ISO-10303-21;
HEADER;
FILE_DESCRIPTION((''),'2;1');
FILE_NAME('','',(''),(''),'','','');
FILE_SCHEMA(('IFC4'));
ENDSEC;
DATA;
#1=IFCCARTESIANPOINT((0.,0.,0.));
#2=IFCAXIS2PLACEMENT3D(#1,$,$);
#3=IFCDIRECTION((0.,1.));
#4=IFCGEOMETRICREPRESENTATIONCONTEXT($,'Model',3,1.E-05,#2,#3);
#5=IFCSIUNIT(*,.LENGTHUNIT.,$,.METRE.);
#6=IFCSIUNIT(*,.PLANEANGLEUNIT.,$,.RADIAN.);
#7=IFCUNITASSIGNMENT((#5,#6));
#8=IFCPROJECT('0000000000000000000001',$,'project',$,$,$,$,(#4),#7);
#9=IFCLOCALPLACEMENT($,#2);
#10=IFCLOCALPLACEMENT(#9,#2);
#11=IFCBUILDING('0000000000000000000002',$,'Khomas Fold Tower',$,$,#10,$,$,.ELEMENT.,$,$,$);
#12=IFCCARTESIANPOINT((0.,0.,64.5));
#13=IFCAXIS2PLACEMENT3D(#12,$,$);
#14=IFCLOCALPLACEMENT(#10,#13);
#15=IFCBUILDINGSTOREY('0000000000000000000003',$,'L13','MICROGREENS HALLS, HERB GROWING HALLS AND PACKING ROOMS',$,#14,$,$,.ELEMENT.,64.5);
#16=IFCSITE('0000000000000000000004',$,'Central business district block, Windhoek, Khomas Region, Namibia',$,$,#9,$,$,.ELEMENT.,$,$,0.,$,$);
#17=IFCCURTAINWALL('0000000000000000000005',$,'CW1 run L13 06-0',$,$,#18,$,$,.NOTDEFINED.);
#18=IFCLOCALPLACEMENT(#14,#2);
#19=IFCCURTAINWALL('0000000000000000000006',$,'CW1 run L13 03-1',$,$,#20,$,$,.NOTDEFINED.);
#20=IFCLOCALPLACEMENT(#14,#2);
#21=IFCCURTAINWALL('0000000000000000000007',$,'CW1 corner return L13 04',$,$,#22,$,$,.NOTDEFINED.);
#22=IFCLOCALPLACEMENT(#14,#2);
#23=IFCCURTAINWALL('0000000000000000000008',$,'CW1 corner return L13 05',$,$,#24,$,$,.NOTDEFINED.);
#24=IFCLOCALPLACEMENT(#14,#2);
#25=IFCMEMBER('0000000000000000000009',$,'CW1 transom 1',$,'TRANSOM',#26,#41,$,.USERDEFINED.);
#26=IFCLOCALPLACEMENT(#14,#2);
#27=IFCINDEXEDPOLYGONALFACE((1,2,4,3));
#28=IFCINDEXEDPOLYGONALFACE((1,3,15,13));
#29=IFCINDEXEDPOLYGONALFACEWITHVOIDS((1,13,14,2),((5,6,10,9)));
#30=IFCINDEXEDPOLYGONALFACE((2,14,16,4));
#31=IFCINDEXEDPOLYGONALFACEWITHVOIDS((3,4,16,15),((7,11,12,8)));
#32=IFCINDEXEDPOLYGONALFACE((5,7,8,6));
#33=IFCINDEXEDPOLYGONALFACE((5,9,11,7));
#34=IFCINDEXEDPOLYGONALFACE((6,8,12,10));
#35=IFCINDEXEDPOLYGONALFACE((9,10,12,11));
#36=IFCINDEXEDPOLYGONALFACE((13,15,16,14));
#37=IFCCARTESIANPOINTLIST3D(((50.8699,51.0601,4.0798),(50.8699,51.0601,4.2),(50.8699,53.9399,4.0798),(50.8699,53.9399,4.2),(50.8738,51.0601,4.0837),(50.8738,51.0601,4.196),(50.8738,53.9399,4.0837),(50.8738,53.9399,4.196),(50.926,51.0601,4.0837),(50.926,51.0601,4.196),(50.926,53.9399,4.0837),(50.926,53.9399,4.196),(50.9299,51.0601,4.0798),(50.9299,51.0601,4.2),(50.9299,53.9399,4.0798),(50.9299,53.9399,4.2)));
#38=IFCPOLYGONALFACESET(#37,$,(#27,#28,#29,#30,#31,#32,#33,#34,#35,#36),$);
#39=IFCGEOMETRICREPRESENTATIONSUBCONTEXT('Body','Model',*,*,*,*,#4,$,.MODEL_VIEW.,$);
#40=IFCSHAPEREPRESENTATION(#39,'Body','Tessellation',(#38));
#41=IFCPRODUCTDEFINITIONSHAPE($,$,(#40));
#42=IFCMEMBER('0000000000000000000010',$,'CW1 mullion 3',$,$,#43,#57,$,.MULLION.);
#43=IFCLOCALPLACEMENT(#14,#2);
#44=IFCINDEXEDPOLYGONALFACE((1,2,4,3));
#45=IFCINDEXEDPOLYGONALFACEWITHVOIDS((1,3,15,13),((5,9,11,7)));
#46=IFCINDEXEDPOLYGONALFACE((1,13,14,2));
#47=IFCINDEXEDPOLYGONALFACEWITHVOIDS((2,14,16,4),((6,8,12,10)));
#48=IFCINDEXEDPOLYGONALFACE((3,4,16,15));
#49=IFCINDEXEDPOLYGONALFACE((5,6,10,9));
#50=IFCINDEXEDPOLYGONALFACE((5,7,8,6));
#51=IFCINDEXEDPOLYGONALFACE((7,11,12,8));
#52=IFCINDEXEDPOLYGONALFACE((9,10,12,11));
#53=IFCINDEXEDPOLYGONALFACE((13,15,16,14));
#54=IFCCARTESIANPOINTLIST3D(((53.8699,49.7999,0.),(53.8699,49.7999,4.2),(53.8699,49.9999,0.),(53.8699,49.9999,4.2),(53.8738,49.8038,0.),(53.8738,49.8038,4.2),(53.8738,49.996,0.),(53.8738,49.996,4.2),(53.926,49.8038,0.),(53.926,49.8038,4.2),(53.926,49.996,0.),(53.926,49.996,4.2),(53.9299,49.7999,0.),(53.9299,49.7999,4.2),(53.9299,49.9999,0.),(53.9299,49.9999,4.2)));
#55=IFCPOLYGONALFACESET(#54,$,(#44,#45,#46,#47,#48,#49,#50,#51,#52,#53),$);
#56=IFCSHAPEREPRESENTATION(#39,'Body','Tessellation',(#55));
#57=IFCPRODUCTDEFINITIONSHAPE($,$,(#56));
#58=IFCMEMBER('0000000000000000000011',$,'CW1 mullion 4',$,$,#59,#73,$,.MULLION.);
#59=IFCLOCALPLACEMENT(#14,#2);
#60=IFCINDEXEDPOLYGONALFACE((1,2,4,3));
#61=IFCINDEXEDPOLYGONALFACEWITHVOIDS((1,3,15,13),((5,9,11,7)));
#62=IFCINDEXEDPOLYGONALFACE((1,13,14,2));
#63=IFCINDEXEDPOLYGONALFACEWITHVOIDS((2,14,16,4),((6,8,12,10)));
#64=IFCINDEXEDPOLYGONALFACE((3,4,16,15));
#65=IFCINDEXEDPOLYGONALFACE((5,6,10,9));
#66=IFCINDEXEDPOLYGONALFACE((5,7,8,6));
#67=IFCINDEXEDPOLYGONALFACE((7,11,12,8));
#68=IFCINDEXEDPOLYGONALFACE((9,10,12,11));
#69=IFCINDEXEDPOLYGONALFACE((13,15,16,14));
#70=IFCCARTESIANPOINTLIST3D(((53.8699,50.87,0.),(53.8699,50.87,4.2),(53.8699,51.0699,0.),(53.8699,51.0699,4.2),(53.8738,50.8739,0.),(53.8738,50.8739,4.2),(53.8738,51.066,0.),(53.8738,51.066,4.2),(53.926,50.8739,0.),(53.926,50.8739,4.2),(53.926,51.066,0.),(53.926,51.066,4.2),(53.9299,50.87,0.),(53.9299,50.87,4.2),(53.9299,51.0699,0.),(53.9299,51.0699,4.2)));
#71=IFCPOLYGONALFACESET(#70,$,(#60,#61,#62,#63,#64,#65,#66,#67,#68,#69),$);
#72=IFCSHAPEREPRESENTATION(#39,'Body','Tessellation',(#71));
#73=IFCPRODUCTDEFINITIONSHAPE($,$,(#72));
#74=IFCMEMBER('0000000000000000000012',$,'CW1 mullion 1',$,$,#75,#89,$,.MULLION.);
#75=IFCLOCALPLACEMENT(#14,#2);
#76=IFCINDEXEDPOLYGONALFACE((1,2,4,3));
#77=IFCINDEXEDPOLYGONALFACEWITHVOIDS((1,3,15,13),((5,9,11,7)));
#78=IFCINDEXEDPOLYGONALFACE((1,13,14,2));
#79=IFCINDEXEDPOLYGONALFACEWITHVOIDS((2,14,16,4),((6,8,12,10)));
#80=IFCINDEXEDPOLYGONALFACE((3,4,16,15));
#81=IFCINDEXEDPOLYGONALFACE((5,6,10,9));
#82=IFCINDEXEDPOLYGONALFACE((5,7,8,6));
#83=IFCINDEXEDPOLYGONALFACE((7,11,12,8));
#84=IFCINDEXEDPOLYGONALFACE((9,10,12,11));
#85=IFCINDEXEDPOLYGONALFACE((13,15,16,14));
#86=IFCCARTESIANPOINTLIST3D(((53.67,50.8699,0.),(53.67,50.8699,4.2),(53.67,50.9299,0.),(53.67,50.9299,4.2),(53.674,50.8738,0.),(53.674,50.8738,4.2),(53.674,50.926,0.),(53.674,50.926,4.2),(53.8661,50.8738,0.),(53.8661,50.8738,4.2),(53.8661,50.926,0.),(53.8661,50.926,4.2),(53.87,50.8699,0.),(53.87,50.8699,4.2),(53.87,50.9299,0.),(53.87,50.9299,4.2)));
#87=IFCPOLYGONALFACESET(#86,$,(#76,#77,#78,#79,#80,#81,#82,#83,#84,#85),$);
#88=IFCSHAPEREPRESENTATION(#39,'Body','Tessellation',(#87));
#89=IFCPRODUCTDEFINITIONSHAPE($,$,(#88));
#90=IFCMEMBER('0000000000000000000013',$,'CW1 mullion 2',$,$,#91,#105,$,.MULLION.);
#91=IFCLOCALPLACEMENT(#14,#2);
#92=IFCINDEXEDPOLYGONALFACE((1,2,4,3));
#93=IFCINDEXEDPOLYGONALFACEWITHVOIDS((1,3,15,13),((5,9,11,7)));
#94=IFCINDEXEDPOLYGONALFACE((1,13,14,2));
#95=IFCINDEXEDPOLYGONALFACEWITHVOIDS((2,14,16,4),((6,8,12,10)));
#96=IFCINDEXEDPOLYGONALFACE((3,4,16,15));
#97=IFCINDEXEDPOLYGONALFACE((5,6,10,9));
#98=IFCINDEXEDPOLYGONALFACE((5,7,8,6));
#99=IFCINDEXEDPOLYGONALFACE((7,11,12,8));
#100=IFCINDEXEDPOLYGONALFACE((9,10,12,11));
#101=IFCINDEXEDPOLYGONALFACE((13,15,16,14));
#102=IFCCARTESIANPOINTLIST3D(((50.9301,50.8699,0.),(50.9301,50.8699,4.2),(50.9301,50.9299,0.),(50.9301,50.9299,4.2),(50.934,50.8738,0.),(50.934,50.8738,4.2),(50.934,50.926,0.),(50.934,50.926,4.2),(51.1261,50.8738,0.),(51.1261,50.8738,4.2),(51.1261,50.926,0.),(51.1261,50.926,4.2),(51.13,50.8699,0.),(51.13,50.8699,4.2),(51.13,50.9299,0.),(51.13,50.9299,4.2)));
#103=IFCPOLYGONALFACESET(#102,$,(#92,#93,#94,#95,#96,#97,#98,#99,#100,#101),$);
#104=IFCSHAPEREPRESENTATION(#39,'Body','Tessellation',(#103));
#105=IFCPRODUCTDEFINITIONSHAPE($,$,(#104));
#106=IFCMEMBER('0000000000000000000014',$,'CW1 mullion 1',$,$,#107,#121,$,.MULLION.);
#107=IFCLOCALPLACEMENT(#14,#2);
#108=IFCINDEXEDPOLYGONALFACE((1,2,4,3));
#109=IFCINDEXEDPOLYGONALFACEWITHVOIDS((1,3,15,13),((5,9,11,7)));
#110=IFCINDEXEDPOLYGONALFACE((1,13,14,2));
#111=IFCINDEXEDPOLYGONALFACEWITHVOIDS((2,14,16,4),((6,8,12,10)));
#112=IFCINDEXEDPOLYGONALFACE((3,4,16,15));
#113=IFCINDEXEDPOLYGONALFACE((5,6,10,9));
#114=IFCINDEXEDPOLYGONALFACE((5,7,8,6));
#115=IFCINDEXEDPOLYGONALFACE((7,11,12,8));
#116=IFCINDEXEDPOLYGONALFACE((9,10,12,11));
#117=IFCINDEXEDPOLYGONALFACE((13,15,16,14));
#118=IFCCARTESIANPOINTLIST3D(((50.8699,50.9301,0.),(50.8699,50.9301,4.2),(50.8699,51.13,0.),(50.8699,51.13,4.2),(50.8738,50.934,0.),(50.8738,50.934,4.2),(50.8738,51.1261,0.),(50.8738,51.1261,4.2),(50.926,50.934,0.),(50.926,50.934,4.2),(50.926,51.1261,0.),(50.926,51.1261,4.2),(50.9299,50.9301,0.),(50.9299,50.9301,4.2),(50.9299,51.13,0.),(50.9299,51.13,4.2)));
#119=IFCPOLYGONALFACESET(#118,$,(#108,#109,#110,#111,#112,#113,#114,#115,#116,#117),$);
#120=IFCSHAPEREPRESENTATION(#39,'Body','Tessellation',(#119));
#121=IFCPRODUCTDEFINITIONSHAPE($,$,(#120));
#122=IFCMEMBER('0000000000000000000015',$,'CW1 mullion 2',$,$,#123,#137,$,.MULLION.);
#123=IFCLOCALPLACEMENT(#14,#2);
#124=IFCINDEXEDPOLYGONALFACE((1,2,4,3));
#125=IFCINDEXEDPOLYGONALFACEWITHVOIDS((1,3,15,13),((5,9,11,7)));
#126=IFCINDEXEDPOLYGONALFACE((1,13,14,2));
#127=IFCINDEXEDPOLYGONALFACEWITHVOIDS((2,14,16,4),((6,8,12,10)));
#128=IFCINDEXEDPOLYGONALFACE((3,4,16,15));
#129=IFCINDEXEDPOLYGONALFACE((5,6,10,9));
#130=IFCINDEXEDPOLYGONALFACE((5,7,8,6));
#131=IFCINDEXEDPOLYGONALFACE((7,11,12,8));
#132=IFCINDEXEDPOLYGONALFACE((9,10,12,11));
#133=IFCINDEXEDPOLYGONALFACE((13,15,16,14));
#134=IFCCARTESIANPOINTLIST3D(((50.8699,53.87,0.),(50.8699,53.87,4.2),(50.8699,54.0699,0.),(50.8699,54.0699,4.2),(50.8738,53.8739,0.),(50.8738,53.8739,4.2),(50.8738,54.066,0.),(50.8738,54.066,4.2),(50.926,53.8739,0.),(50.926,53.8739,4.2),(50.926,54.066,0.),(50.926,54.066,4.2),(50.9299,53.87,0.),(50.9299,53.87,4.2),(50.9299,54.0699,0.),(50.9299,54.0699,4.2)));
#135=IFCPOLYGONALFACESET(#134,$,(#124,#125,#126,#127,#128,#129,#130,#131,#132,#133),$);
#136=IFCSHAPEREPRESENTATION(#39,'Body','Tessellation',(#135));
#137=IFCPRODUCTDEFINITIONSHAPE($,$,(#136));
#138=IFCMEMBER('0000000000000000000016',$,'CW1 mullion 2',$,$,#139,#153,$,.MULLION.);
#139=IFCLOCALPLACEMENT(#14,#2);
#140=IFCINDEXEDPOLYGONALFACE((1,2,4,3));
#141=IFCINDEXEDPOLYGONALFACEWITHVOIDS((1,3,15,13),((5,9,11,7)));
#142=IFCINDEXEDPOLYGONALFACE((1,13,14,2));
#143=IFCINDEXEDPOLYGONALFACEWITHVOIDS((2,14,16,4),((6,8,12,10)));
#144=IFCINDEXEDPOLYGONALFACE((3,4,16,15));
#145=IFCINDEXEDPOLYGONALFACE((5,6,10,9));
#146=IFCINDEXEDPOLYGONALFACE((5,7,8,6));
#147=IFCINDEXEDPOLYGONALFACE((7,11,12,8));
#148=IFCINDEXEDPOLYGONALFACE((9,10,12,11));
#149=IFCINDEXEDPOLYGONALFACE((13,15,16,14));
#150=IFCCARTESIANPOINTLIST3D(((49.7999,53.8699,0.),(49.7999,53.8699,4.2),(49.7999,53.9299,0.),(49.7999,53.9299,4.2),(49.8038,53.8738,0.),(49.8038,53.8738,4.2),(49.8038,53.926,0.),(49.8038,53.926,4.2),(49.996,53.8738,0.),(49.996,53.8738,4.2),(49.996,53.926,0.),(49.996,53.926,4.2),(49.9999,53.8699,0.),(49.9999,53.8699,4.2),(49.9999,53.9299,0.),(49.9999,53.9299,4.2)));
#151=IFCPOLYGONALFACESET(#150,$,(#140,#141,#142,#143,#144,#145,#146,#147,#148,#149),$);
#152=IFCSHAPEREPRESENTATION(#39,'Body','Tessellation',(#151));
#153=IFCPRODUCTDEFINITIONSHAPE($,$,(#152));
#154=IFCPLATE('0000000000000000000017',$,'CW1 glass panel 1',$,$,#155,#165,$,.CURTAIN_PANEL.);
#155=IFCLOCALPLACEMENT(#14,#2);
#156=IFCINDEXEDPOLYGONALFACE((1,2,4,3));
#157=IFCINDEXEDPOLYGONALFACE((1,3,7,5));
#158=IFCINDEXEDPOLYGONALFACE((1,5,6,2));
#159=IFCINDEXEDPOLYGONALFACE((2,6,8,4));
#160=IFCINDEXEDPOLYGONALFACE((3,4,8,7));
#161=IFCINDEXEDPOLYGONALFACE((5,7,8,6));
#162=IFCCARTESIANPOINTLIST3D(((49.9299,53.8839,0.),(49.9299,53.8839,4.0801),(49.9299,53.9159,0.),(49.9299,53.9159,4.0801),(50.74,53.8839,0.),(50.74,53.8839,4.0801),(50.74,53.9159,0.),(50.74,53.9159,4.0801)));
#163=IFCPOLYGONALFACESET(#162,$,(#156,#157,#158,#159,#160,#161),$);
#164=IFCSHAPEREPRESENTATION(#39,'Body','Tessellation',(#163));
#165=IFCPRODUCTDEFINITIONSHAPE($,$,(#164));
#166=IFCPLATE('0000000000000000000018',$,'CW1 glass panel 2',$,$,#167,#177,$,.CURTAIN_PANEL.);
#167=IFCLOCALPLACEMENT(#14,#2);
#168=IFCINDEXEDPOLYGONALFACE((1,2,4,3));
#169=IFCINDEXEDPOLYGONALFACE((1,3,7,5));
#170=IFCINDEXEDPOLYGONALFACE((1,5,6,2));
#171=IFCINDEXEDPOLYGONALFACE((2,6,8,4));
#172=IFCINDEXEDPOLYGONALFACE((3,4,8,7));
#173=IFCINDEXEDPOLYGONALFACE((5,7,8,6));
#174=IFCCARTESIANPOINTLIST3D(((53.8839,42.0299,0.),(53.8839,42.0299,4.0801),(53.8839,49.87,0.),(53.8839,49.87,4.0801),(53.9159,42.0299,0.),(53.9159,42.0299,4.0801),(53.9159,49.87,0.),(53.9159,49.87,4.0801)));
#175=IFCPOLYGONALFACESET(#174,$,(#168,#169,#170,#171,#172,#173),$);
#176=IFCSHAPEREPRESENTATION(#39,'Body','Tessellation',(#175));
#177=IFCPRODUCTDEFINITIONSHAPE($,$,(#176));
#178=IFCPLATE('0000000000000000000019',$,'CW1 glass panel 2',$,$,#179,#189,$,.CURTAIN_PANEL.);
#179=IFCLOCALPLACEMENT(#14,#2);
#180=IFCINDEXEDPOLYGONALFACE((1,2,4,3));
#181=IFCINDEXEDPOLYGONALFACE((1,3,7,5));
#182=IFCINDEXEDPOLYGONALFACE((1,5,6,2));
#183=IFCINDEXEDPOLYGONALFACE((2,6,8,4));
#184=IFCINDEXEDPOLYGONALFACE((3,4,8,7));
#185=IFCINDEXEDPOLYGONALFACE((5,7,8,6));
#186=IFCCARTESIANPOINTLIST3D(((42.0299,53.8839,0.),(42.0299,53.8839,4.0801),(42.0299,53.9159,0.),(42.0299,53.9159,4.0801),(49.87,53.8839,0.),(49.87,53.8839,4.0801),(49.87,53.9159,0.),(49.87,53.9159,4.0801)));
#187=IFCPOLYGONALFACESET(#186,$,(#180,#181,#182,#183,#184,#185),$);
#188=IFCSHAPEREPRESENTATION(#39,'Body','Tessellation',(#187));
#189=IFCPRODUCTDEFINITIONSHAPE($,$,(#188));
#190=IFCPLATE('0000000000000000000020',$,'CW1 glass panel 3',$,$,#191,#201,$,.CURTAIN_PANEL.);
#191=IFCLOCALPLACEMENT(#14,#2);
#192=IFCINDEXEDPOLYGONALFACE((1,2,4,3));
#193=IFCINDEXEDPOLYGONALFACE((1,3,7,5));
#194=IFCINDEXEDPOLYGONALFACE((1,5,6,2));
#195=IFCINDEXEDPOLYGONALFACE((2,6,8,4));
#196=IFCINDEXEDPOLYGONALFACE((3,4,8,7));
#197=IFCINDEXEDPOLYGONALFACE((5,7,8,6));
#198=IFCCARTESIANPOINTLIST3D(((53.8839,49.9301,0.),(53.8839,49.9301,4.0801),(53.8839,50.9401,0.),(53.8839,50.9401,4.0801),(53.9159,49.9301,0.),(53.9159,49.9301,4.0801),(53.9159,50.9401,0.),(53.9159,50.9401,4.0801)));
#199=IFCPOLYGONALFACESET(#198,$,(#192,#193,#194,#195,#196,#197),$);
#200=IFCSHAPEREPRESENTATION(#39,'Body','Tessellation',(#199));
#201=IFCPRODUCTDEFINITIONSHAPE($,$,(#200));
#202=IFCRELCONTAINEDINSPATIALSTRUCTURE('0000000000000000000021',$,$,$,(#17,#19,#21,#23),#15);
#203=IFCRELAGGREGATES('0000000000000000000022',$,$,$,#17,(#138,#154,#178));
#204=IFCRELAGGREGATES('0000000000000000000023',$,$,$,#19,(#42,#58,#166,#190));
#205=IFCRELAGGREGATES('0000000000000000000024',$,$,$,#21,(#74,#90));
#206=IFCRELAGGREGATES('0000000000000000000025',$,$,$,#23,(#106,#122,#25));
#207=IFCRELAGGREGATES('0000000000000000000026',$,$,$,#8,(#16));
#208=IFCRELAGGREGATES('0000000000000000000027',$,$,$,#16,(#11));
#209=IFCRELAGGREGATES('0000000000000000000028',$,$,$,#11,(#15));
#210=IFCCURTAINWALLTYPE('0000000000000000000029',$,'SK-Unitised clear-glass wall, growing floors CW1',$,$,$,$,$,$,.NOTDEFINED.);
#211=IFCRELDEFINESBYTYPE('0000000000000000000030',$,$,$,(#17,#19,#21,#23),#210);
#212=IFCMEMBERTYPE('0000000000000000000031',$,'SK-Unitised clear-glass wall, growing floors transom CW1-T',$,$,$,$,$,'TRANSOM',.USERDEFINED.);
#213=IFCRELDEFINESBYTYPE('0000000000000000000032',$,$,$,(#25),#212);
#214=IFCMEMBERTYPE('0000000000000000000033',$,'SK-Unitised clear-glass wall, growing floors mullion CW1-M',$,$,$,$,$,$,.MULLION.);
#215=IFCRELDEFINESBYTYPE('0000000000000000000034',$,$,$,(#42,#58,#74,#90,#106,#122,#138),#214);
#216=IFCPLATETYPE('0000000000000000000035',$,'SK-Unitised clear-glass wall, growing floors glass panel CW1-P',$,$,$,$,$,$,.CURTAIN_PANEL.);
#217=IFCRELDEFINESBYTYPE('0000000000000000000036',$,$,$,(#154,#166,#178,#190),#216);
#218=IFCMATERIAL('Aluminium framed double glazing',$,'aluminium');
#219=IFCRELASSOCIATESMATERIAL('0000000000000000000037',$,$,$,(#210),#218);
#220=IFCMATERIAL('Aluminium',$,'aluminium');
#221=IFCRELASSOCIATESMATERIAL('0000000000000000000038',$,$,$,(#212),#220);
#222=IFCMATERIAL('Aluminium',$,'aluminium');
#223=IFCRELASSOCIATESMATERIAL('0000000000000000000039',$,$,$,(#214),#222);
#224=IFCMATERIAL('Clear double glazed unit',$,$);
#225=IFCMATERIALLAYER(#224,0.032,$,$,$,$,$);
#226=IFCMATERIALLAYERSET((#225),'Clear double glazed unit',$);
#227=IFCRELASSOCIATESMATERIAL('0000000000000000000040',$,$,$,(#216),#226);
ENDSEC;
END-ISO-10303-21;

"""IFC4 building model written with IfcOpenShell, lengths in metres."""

from ifc_helpers import new_model, si_unit, direction, frame, origin, origin_2d, place, context, subcontext, project, spatial, rectangle, hollow_rectangle, extrude, source, transform, mapped, material, layer, layer_set, material_profile, profile_set, type_object, element, aggregate, save


model = new_model("IFC4")

# Units and contexts
model_context = context("Model", 3, precision=1e-05, world=origin(), true_north=direction((0.0, 1.0)))
body_context = subcontext(model_context, "Body", "Model", "MODEL_VIEW")
ifc_project = project(units=[si_unit("LENGTHUNIT", "METRE"), si_unit("PLANEANGLEUNIT", "RADIAN")], contexts=[model_context])

# Site, building, storey
site_placement = place(None, origin())
site = spatial("IfcSite", under=ifc_project, at=site_placement, Name="Central business district block, Windhoek, Khomas Region, Namibia", CompositionType="ELEMENT", RefElevation=0.0)
building_placement = place(site_placement, origin())
building = spatial("IfcBuilding", under=site, at=building_placement, Name="Khomas Fold Tower", CompositionType="ELEMENT")
storey_placement = place(building_placement, frame((0.0, 0.0, 64.5)))
storey = spatial("IfcBuildingStorey", under=building, at=storey_placement, Name="L13", Description="MICROGREENS HALLS, HERB GROWING HALLS AND PACKING ROOMS", CompositionType="ELEMENT", Elevation=64.5)

# Curtain wall
ifc_material_1 = material(Name="Aluminium framed double glazing", Category="aluminium")
curtain_wall_type = type_object("IfcCurtainWallType", Name="SK-Unitised clear-glass wall, growing floors CW1", PredefinedType="NOTDEFINED", material=ifc_material_1)
curtain_wall_1_placement = place(storey_placement, origin())
curtain_wall_1 = element("IfcCurtainWall", 1, at=curtain_wall_1_placement, inside=storey, type_object=curtain_wall_type, Name="CW1 run L13 06-0", PredefinedType="NOTDEFINED")
ifc_material_2 = material(Name="Aluminium", Category="aluminium")
ifc_material_profile_1 = material_profile(ifc_material_2, hollow_rectangle(XDim=0.0601, YDim=0.1201, WallThickness=0.0039, at=origin_2d()), Name="SK-Unitised clear-glass wall, growing floors transom CW1-T")
ifc_profile_set_1 = profile_set([ifc_material_profile_1], Name="Aluminium")
member_type_1 = type_object("IfcMemberType", Name="SK-Unitised clear-glass wall, growing floors transom CW1-T", ElementType="TRANSOM", PredefinedType="USERDEFINED", material=ifc_profile_set_1)

# Curtain walls, member
curtain_wall_2_placement = place(storey_placement, origin())
curtain_wall_2 = element("IfcCurtainWall", 2, at=curtain_wall_2_placement, inside=storey, type_object=curtain_wall_type, Name="CW1 run L13 03-1", PredefinedType="NOTDEFINED")
curtain_wall_3_placement = place(storey_placement, origin())
curtain_wall_3 = element("IfcCurtainWall", 3, at=curtain_wall_3_placement, inside=storey, type_object=curtain_wall_type, Name="CW1 corner return L13 04", PredefinedType="NOTDEFINED")
curtain_wall_4_placement = place(storey_placement, origin())
curtain_wall_4 = element("IfcCurtainWall", 4, at=curtain_wall_4_placement, inside=storey, type_object=curtain_wall_type, Name="CW1 corner return L13 05", PredefinedType="NOTDEFINED")
shared_shape_1 = source(origin(), body_context, "Body", "SweptSolid", [
    extrude(hollow_rectangle(XDim=0.0601, YDim=0.1201, WallThickness=0.0039, at=origin_2d()), origin(), (0.0, 0.0, 1.0), 2.8799),
])
member_1_placement = place(storey_placement, frame((50.8999, 51.0601, 4.1399), z_axis=(0.0, 1.0, 0.0), x_axis=(-1.0, 0.0, 0.0)))
member_1 = element("IfcMember", 5, at=member_1_placement, type_object=member_type_1, Name="CW1 transom 1", ObjectType="TRANSOM", PredefinedType="USERDEFINED", context=body_context, shape_type="MappedRepresentation", body=[
    mapped(shared_shape_1, transform((0.0, 0.0, 0.0))),
])

# Members
ifc_material_3 = material(Name="Aluminium", Category="aluminium")
ifc_material_profile_2 = material_profile(ifc_material_3, hollow_rectangle(XDim=0.0601, YDim=0.2, WallThickness=0.0039, at=origin_2d()), Name="SK-Unitised clear-glass wall, growing floors mullion CW1-M")
ifc_profile_set_2 = profile_set([ifc_material_profile_2], Name="Aluminium")
member_type_2 = type_object("IfcMemberType", Name="SK-Unitised clear-glass wall, growing floors mullion CW1-M", PredefinedType="MULLION", material=ifc_profile_set_2)
shared_shape_2 = source(origin(), body_context, "Body", "SweptSolid", [
    extrude(hollow_rectangle(XDim=0.0601, YDim=0.2, WallThickness=0.0039, at=origin_2d()), origin(), (0.0, 0.0, 1.0), 4.2),
])
member_2_placement = place(storey_placement, frame((53.8999, 49.8999, 0.0), z_axis=(0.0, 0.0, 1.0), x_axis=(-1.0, 0.0, 0.0)))
member_2 = element("IfcMember", 6, at=member_2_placement, type_object=member_type_2, Name="CW1 mullion 3", PredefinedType="MULLION", context=body_context, shape_type="MappedRepresentation", body=[
    mapped(shared_shape_2, transform((0.0, 0.0, 0.0))),
])
member_3_placement = place(storey_placement, frame((53.8999, 50.97, 0.0), z_axis=(0.0, 0.0, 1.0), x_axis=(-1.0, 0.0, 0.0)))
member_3 = element("IfcMember", 7, at=member_3_placement, type_object=member_type_2, Name="CW1 mullion 4", PredefinedType="MULLION", context=body_context, shape_type="MappedRepresentation", body=[
    mapped(shared_shape_2, transform((0.0, 0.0, 0.0))),
])
member_4_placement = place(storey_placement, frame((53.77, 50.8999, 0.0), z_axis=(0.0, 0.0, 1.0), x_axis=(0.0, -1.0, 0.0)))
member_4 = element("IfcMember", 8, at=member_4_placement, type_object=member_type_2, Name="CW1 mullion 1", PredefinedType="MULLION", context=body_context, shape_type="MappedRepresentation", body=[
    mapped(shared_shape_2, transform((0.0, 0.0, 0.0))),
])
member_5_placement = place(storey_placement, frame((51.03, 50.8999, 0.0), z_axis=(0.0, 0.0, 1.0), x_axis=(0.0, -1.0, 0.0)))
member_5 = element("IfcMember", 9, at=member_5_placement, type_object=member_type_2, Name="CW1 mullion 2", PredefinedType="MULLION", context=body_context, shape_type="MappedRepresentation", body=[
    mapped(shared_shape_2, transform((0.0, 0.0, 0.0))),
])
member_6_placement = place(storey_placement, frame((50.8999, 51.03, 0.0), z_axis=(0.0, 0.0, 1.0), x_axis=(-1.0, 0.0, 0.0)))
member_6 = element("IfcMember", 10, at=member_6_placement, type_object=member_type_2, Name="CW1 mullion 1", PredefinedType="MULLION", context=body_context, shape_type="MappedRepresentation", body=[
    mapped(shared_shape_2, transform((0.0, 0.0, 0.0))),
])
member_7_placement = place(storey_placement, frame((50.8999, 53.97, 0.0), z_axis=(0.0, 0.0, 1.0), x_axis=(-1.0, 0.0, 0.0)))
member_7 = element("IfcMember", 11, at=member_7_placement, type_object=member_type_2, Name="CW1 mullion 2", PredefinedType="MULLION", context=body_context, shape_type="MappedRepresentation", body=[
    mapped(shared_shape_2, transform((0.0, 0.0, 0.0))),
])
member_8_placement = place(storey_placement, frame((49.8999, 53.8999, 0.0), z_axis=(0.0, 0.0, 1.0), x_axis=(0.0, -1.0, 0.0)))
member_8 = element("IfcMember", 12, at=member_8_placement, type_object=member_type_2, Name="CW1 mullion 2", PredefinedType="MULLION", context=body_context, shape_type="MappedRepresentation", body=[
    mapped(shared_shape_2, transform((0.0, 0.0, 0.0))),
])

# Plates
ifc_material_4 = material(Name="Clear double glazed unit")
ifc_layer = layer(ifc_material_4, 0.032)
ifc_layer_set = layer_set([ifc_layer], Name="Clear double glazed unit")
plate_type = type_object("IfcPlateType", Name="SK-Unitised clear-glass wall, growing floors glass panel CW1-P", PredefinedType="CURTAIN_PANEL", material=ifc_layer_set)
shared_shape_3 = source(origin(), body_context, "Body", "SweptSolid", [
    extrude(rectangle(XDim=0.8101, YDim=0.032, at=origin_2d()), origin(), (0.0, 0.0, 1.0), 4.0801),
])
plate_1_placement = place(storey_placement, frame((50.335, 53.8999, 0.0), z_axis=(0.0, 0.0, 1.0), x_axis=(-1.0, 0.0, 0.0)))
plate_1 = element("IfcPlate", 13, at=plate_1_placement, type_object=plate_type, Name="CW1 glass panel 1", PredefinedType="CURTAIN_PANEL", context=body_context, shape_type="MappedRepresentation", body=[
    mapped(shared_shape_3, transform((0.0, 0.0, 0.0))),
])
shared_shape_4 = source(origin(), body_context, "Body", "SweptSolid", [
    extrude(rectangle(XDim=7.8401, YDim=0.032, at=origin_2d()), origin(), (0.0, 0.0, 1.0), 4.0801),
])
plate_2_placement = place(storey_placement, frame((53.8999, 45.95, 0.0), z_axis=(0.0, 0.0, 1.0), x_axis=(0.0, 1.0, 0.0)))
plate_2 = element("IfcPlate", 14, at=plate_2_placement, type_object=plate_type, Name="CW1 glass panel 2", PredefinedType="CURTAIN_PANEL", context=body_context, shape_type="MappedRepresentation", body=[
    mapped(shared_shape_4, transform((0.0, 0.0, 0.0))),
])
plate_3_placement = place(storey_placement, frame((45.95, 53.8999, 0.0), z_axis=(0.0, 0.0, 1.0), x_axis=(-1.0, 0.0, 0.0)))
plate_3 = element("IfcPlate", 15, at=plate_3_placement, type_object=plate_type, Name="CW1 glass panel 2", PredefinedType="CURTAIN_PANEL", context=body_context, shape_type="MappedRepresentation", body=[
    mapped(shared_shape_4, transform((0.0, 0.0, 0.0))),
])
aggregate(curtain_wall_1, [member_8, plate_1, plate_3])
shared_shape_5 = source(origin(), body_context, "Body", "SweptSolid", [
    extrude(rectangle(XDim=1.01, YDim=0.032, at=origin_2d()), origin(), (0.0, 0.0, 1.0), 4.0801),
])
plate_4_placement = place(storey_placement, frame((53.8999, 50.4351, 0.0), z_axis=(0.0, 0.0, 1.0), x_axis=(0.0, 1.0, 0.0)))
plate_4 = element("IfcPlate", 16, at=plate_4_placement, type_object=plate_type, Name="CW1 glass panel 3", PredefinedType="CURTAIN_PANEL", context=body_context, shape_type="MappedRepresentation", body=[
    mapped(shared_shape_5, transform((0.0, 0.0, 0.0))),
])
aggregate(curtain_wall_2, [member_2, member_3, plate_2, plate_4])
aggregate(curtain_wall_3, [member_4, member_5])
aggregate(curtain_wall_4, [member_6, member_7, member_1])

save(model, "model.ifc")
